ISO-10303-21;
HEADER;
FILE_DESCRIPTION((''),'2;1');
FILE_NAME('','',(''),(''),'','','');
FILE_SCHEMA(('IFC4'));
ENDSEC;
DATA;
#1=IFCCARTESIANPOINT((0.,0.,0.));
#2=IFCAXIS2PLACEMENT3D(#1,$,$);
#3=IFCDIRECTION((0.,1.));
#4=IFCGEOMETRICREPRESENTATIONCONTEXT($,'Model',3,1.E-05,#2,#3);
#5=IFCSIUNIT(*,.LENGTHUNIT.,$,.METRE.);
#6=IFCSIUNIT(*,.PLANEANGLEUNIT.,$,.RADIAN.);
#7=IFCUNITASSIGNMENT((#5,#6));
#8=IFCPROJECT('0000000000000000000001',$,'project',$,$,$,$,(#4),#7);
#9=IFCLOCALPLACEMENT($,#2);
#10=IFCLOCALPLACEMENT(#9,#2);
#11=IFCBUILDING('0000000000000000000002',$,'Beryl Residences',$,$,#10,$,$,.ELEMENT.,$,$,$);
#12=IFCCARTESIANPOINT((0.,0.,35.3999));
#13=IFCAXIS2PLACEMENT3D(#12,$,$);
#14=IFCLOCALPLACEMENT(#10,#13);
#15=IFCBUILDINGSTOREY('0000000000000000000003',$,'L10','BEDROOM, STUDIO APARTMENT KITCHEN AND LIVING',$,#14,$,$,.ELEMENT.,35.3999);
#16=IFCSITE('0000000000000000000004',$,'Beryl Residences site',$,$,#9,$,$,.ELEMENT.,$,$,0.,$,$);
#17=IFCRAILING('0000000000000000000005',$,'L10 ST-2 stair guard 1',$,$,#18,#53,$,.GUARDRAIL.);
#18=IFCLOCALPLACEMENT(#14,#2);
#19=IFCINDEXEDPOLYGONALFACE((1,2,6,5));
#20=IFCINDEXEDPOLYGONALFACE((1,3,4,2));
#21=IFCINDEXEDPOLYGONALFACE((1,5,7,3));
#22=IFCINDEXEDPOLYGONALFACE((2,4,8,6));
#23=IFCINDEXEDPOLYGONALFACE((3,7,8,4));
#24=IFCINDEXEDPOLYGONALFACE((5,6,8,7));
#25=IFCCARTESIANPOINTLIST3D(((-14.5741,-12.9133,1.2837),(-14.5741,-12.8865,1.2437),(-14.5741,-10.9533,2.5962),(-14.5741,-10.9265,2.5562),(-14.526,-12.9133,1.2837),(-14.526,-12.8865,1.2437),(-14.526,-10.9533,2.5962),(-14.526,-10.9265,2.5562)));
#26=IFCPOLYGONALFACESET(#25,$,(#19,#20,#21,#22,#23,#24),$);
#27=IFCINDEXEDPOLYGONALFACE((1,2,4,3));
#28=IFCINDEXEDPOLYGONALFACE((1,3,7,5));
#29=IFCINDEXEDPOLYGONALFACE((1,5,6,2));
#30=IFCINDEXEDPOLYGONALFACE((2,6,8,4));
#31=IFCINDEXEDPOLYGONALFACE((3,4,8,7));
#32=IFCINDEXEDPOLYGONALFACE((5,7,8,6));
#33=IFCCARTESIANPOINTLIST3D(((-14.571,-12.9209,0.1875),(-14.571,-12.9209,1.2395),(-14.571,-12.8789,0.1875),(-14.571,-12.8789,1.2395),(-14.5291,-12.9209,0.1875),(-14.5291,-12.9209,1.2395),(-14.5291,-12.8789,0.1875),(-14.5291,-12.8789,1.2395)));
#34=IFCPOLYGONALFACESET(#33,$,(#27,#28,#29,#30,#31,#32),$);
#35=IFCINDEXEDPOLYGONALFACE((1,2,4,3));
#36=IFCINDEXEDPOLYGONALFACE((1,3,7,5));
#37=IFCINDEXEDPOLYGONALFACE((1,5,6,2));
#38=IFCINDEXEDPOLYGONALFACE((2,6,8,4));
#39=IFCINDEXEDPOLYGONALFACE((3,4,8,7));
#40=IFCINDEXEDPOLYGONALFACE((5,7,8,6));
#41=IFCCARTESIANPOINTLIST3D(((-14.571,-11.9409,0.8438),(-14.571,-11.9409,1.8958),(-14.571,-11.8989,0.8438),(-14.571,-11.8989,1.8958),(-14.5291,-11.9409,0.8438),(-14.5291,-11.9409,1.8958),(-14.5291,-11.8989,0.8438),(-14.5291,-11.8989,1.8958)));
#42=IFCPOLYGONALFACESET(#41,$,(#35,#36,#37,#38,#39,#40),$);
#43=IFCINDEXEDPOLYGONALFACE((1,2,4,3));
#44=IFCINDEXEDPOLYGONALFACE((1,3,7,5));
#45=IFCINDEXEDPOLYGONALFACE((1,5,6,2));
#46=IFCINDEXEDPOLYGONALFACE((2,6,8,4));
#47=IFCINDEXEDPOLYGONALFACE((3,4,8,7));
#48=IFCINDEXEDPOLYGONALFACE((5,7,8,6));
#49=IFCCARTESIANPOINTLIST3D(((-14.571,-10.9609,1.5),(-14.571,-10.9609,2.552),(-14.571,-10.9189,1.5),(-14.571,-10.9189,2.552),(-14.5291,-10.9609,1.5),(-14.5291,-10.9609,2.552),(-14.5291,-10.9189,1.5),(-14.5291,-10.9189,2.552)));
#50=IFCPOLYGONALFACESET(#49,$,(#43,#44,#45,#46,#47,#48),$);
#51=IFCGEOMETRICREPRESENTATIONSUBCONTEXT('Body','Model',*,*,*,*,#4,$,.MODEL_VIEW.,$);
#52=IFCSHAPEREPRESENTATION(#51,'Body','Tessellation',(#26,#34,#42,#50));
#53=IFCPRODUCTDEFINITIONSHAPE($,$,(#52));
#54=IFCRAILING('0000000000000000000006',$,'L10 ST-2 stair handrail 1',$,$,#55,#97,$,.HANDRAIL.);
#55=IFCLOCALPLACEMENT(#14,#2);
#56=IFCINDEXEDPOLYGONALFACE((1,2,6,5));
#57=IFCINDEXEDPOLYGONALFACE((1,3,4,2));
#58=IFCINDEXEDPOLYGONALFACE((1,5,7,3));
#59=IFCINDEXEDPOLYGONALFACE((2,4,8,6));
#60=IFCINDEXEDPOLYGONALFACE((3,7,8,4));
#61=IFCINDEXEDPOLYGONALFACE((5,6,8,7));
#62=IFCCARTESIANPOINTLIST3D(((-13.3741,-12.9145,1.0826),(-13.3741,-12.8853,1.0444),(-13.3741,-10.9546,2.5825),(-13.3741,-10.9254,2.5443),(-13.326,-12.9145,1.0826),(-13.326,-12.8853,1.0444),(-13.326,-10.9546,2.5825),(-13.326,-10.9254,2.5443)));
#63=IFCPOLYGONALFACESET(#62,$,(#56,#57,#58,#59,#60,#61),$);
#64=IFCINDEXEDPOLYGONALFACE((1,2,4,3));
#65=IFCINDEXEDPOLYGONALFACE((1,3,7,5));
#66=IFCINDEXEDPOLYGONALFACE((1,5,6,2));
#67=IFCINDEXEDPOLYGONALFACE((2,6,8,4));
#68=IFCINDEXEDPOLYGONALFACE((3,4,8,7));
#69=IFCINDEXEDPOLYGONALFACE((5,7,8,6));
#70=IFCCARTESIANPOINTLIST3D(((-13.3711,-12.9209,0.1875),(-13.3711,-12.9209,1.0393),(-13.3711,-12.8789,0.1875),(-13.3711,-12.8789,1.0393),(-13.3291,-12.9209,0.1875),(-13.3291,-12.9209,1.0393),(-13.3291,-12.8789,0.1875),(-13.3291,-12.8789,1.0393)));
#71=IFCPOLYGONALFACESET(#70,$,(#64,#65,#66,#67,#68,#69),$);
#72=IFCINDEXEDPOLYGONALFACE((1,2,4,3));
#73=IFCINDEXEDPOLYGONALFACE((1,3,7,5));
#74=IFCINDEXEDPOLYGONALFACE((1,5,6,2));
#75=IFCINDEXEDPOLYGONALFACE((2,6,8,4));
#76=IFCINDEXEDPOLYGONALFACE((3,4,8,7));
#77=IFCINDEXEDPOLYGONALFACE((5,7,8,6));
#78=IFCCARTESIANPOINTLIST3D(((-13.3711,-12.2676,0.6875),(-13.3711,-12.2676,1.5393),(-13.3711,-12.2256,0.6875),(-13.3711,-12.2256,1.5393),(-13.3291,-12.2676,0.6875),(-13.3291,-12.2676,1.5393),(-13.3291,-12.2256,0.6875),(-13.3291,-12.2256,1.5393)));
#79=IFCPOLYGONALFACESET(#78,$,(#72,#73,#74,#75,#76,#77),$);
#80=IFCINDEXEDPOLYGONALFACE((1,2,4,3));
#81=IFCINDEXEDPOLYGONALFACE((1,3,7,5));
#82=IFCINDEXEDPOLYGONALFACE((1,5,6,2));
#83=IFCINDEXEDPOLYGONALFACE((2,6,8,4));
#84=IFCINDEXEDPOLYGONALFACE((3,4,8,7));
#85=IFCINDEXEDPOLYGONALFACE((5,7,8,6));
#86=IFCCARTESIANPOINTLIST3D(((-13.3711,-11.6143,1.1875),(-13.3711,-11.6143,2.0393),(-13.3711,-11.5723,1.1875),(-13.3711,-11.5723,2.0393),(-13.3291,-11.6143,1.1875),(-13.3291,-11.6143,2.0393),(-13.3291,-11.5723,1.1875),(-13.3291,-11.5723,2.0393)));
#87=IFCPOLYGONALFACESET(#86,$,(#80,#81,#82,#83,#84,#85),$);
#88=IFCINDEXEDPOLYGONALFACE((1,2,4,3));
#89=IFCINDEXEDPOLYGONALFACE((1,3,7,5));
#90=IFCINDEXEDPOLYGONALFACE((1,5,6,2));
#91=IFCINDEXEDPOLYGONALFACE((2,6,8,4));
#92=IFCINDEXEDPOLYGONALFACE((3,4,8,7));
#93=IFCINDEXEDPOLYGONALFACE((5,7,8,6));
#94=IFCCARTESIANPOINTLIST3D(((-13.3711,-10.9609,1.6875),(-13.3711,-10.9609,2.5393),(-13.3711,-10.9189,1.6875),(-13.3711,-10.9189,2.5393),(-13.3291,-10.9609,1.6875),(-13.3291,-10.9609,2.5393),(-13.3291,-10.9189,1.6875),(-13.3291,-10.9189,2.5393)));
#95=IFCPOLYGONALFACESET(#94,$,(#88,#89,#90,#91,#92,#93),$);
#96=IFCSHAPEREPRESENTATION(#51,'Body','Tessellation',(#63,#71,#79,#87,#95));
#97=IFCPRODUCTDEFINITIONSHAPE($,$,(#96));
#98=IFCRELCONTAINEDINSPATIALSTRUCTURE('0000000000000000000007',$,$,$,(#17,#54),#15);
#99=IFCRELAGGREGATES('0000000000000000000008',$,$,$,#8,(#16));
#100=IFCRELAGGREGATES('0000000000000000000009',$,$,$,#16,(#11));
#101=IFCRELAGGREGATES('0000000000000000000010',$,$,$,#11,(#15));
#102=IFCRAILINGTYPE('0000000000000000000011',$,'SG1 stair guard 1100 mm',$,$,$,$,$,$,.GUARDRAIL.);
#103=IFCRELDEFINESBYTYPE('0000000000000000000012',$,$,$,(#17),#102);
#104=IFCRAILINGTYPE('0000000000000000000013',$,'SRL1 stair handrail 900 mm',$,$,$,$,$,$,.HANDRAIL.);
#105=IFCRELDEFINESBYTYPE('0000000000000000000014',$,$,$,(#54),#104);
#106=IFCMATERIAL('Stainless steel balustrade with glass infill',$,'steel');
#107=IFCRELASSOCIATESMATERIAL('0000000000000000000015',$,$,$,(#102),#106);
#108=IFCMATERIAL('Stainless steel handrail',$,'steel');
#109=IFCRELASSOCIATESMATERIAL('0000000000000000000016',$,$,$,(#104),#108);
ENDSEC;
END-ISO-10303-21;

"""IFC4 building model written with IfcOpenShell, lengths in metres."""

from ifc_helpers import new_model, si_unit, direction, frame, origin, origin_2d, place, context, subcontext, project, spatial, rectangle, extrude, material, type_object, element, save


model = new_model("IFC4")

# Units and contexts
model_context = context("Model", 3, precision=1e-05, world=origin(), true_north=direction((0.0, 1.0)))
body_context = subcontext(model_context, "Body", "Model", "MODEL_VIEW")
ifc_project = project(units=[si_unit("LENGTHUNIT", "METRE"), si_unit("PLANEANGLEUNIT", "RADIAN")], contexts=[model_context])

# Site, building, storey
site_placement = place(None, origin())
site = spatial("IfcSite", under=ifc_project, at=site_placement, Name="Beryl Residences site", CompositionType="ELEMENT", RefElevation=0.0)
building_placement = place(site_placement, origin())
building = spatial("IfcBuilding", under=site, at=building_placement, Name="Beryl Residences", CompositionType="ELEMENT")
storey_placement = place(building_placement, frame((0.0, 0.0, 35.3999)))
storey = spatial("IfcBuildingStorey", under=building, at=storey_placement, Name="L10", Description="BEDROOM, STUDIO APARTMENT KITCHEN AND LIVING", CompositionType="ELEMENT", Elevation=35.3999)

# Railings
ifc_material_1 = material(Name="Stainless steel balustrade with glass infill", Category="steel")
railing_type_1 = type_object("IfcRailingType", Name="SG1 stair guard 1100 mm", PredefinedType="GUARDRAIL", material=ifc_material_1)
railing_1_placement = place(storey_placement, frame((-14.55, -12.8999, 0.1875)))
element("IfcRailing", 1, at=railing_1_placement, inside=storey, type_object=railing_type_1, Name="L10 ST-2 stair guard 1", PredefinedType="GUARDRAIL", context=body_context, shape_type="SweptSolid", body=[
    extrude(rectangle(XDim=0.0481, YDim=0.0481, at=origin_2d()), frame((0.0, 0.0, 1.0762), z_axis=(0.0, 0.830902, 0.556419), x_axis=(-1.0, 0.0, 0.0)), (0.0, 0.0, 1.0), 2.3589),
    extrude(rectangle(XDim=0.042, YDim=0.042, at=origin_2d()), origin(), (0.0, 0.0, 1.0), 1.052),
    extrude(rectangle(XDim=0.042, YDim=0.042, at=origin_2d()), frame((0.0, 0.98, 0.6562)), (0.0, 0.0, 1.0), 1.052),
    extrude(rectangle(XDim=0.042, YDim=0.042, at=origin_2d()), frame((0.0, 1.96, 1.3125)), (0.0, 0.0, 1.0), 1.052),
])
ifc_material_2 = material(Name="Stainless steel handrail", Category="steel")
railing_type_2 = type_object("IfcRailingType", Name="SRL1 stair handrail 900 mm", PredefinedType="HANDRAIL", material=ifc_material_2)
railing_2_placement = place(storey_placement, frame((-13.3501, -12.8999, 0.1875)))
element("IfcRailing", 2, at=railing_2_placement, inside=storey, type_object=railing_type_2, Name="L10 ST-2 stair handrail 1", PredefinedType="HANDRAIL", context=body_context, shape_type="SweptSolid", body=[
    extrude(rectangle(XDim=0.0481, YDim=0.0481, at=origin_2d()), frame((0.0, 0.0, 0.876), z_axis=(0.0, 0.794122, 0.607758), x_axis=(-1.0, 0.0, 0.0)), (0.0, 0.0, 1.0), 2.468),
    extrude(rectangle(XDim=0.042, YDim=0.042, at=origin_2d()), origin(), (0.0, 0.0, 1.0), 0.8518),
    extrude(rectangle(XDim=0.042, YDim=0.042, at=origin_2d()), frame((0.0, 0.6533, 0.5)), (0.0, 0.0, 1.0), 0.8518),
    extrude(rectangle(XDim=0.042, YDim=0.042, at=origin_2d()), frame((0.0, 1.3066, 1.0)), (0.0, 0.0, 1.0), 0.8518),
    extrude(rectangle(XDim=0.042, YDim=0.042, at=origin_2d()), frame((0.0, 1.96, 1.5)), (0.0, 0.0, 1.0), 0.8518),
])

save(model, "model.ifc")
